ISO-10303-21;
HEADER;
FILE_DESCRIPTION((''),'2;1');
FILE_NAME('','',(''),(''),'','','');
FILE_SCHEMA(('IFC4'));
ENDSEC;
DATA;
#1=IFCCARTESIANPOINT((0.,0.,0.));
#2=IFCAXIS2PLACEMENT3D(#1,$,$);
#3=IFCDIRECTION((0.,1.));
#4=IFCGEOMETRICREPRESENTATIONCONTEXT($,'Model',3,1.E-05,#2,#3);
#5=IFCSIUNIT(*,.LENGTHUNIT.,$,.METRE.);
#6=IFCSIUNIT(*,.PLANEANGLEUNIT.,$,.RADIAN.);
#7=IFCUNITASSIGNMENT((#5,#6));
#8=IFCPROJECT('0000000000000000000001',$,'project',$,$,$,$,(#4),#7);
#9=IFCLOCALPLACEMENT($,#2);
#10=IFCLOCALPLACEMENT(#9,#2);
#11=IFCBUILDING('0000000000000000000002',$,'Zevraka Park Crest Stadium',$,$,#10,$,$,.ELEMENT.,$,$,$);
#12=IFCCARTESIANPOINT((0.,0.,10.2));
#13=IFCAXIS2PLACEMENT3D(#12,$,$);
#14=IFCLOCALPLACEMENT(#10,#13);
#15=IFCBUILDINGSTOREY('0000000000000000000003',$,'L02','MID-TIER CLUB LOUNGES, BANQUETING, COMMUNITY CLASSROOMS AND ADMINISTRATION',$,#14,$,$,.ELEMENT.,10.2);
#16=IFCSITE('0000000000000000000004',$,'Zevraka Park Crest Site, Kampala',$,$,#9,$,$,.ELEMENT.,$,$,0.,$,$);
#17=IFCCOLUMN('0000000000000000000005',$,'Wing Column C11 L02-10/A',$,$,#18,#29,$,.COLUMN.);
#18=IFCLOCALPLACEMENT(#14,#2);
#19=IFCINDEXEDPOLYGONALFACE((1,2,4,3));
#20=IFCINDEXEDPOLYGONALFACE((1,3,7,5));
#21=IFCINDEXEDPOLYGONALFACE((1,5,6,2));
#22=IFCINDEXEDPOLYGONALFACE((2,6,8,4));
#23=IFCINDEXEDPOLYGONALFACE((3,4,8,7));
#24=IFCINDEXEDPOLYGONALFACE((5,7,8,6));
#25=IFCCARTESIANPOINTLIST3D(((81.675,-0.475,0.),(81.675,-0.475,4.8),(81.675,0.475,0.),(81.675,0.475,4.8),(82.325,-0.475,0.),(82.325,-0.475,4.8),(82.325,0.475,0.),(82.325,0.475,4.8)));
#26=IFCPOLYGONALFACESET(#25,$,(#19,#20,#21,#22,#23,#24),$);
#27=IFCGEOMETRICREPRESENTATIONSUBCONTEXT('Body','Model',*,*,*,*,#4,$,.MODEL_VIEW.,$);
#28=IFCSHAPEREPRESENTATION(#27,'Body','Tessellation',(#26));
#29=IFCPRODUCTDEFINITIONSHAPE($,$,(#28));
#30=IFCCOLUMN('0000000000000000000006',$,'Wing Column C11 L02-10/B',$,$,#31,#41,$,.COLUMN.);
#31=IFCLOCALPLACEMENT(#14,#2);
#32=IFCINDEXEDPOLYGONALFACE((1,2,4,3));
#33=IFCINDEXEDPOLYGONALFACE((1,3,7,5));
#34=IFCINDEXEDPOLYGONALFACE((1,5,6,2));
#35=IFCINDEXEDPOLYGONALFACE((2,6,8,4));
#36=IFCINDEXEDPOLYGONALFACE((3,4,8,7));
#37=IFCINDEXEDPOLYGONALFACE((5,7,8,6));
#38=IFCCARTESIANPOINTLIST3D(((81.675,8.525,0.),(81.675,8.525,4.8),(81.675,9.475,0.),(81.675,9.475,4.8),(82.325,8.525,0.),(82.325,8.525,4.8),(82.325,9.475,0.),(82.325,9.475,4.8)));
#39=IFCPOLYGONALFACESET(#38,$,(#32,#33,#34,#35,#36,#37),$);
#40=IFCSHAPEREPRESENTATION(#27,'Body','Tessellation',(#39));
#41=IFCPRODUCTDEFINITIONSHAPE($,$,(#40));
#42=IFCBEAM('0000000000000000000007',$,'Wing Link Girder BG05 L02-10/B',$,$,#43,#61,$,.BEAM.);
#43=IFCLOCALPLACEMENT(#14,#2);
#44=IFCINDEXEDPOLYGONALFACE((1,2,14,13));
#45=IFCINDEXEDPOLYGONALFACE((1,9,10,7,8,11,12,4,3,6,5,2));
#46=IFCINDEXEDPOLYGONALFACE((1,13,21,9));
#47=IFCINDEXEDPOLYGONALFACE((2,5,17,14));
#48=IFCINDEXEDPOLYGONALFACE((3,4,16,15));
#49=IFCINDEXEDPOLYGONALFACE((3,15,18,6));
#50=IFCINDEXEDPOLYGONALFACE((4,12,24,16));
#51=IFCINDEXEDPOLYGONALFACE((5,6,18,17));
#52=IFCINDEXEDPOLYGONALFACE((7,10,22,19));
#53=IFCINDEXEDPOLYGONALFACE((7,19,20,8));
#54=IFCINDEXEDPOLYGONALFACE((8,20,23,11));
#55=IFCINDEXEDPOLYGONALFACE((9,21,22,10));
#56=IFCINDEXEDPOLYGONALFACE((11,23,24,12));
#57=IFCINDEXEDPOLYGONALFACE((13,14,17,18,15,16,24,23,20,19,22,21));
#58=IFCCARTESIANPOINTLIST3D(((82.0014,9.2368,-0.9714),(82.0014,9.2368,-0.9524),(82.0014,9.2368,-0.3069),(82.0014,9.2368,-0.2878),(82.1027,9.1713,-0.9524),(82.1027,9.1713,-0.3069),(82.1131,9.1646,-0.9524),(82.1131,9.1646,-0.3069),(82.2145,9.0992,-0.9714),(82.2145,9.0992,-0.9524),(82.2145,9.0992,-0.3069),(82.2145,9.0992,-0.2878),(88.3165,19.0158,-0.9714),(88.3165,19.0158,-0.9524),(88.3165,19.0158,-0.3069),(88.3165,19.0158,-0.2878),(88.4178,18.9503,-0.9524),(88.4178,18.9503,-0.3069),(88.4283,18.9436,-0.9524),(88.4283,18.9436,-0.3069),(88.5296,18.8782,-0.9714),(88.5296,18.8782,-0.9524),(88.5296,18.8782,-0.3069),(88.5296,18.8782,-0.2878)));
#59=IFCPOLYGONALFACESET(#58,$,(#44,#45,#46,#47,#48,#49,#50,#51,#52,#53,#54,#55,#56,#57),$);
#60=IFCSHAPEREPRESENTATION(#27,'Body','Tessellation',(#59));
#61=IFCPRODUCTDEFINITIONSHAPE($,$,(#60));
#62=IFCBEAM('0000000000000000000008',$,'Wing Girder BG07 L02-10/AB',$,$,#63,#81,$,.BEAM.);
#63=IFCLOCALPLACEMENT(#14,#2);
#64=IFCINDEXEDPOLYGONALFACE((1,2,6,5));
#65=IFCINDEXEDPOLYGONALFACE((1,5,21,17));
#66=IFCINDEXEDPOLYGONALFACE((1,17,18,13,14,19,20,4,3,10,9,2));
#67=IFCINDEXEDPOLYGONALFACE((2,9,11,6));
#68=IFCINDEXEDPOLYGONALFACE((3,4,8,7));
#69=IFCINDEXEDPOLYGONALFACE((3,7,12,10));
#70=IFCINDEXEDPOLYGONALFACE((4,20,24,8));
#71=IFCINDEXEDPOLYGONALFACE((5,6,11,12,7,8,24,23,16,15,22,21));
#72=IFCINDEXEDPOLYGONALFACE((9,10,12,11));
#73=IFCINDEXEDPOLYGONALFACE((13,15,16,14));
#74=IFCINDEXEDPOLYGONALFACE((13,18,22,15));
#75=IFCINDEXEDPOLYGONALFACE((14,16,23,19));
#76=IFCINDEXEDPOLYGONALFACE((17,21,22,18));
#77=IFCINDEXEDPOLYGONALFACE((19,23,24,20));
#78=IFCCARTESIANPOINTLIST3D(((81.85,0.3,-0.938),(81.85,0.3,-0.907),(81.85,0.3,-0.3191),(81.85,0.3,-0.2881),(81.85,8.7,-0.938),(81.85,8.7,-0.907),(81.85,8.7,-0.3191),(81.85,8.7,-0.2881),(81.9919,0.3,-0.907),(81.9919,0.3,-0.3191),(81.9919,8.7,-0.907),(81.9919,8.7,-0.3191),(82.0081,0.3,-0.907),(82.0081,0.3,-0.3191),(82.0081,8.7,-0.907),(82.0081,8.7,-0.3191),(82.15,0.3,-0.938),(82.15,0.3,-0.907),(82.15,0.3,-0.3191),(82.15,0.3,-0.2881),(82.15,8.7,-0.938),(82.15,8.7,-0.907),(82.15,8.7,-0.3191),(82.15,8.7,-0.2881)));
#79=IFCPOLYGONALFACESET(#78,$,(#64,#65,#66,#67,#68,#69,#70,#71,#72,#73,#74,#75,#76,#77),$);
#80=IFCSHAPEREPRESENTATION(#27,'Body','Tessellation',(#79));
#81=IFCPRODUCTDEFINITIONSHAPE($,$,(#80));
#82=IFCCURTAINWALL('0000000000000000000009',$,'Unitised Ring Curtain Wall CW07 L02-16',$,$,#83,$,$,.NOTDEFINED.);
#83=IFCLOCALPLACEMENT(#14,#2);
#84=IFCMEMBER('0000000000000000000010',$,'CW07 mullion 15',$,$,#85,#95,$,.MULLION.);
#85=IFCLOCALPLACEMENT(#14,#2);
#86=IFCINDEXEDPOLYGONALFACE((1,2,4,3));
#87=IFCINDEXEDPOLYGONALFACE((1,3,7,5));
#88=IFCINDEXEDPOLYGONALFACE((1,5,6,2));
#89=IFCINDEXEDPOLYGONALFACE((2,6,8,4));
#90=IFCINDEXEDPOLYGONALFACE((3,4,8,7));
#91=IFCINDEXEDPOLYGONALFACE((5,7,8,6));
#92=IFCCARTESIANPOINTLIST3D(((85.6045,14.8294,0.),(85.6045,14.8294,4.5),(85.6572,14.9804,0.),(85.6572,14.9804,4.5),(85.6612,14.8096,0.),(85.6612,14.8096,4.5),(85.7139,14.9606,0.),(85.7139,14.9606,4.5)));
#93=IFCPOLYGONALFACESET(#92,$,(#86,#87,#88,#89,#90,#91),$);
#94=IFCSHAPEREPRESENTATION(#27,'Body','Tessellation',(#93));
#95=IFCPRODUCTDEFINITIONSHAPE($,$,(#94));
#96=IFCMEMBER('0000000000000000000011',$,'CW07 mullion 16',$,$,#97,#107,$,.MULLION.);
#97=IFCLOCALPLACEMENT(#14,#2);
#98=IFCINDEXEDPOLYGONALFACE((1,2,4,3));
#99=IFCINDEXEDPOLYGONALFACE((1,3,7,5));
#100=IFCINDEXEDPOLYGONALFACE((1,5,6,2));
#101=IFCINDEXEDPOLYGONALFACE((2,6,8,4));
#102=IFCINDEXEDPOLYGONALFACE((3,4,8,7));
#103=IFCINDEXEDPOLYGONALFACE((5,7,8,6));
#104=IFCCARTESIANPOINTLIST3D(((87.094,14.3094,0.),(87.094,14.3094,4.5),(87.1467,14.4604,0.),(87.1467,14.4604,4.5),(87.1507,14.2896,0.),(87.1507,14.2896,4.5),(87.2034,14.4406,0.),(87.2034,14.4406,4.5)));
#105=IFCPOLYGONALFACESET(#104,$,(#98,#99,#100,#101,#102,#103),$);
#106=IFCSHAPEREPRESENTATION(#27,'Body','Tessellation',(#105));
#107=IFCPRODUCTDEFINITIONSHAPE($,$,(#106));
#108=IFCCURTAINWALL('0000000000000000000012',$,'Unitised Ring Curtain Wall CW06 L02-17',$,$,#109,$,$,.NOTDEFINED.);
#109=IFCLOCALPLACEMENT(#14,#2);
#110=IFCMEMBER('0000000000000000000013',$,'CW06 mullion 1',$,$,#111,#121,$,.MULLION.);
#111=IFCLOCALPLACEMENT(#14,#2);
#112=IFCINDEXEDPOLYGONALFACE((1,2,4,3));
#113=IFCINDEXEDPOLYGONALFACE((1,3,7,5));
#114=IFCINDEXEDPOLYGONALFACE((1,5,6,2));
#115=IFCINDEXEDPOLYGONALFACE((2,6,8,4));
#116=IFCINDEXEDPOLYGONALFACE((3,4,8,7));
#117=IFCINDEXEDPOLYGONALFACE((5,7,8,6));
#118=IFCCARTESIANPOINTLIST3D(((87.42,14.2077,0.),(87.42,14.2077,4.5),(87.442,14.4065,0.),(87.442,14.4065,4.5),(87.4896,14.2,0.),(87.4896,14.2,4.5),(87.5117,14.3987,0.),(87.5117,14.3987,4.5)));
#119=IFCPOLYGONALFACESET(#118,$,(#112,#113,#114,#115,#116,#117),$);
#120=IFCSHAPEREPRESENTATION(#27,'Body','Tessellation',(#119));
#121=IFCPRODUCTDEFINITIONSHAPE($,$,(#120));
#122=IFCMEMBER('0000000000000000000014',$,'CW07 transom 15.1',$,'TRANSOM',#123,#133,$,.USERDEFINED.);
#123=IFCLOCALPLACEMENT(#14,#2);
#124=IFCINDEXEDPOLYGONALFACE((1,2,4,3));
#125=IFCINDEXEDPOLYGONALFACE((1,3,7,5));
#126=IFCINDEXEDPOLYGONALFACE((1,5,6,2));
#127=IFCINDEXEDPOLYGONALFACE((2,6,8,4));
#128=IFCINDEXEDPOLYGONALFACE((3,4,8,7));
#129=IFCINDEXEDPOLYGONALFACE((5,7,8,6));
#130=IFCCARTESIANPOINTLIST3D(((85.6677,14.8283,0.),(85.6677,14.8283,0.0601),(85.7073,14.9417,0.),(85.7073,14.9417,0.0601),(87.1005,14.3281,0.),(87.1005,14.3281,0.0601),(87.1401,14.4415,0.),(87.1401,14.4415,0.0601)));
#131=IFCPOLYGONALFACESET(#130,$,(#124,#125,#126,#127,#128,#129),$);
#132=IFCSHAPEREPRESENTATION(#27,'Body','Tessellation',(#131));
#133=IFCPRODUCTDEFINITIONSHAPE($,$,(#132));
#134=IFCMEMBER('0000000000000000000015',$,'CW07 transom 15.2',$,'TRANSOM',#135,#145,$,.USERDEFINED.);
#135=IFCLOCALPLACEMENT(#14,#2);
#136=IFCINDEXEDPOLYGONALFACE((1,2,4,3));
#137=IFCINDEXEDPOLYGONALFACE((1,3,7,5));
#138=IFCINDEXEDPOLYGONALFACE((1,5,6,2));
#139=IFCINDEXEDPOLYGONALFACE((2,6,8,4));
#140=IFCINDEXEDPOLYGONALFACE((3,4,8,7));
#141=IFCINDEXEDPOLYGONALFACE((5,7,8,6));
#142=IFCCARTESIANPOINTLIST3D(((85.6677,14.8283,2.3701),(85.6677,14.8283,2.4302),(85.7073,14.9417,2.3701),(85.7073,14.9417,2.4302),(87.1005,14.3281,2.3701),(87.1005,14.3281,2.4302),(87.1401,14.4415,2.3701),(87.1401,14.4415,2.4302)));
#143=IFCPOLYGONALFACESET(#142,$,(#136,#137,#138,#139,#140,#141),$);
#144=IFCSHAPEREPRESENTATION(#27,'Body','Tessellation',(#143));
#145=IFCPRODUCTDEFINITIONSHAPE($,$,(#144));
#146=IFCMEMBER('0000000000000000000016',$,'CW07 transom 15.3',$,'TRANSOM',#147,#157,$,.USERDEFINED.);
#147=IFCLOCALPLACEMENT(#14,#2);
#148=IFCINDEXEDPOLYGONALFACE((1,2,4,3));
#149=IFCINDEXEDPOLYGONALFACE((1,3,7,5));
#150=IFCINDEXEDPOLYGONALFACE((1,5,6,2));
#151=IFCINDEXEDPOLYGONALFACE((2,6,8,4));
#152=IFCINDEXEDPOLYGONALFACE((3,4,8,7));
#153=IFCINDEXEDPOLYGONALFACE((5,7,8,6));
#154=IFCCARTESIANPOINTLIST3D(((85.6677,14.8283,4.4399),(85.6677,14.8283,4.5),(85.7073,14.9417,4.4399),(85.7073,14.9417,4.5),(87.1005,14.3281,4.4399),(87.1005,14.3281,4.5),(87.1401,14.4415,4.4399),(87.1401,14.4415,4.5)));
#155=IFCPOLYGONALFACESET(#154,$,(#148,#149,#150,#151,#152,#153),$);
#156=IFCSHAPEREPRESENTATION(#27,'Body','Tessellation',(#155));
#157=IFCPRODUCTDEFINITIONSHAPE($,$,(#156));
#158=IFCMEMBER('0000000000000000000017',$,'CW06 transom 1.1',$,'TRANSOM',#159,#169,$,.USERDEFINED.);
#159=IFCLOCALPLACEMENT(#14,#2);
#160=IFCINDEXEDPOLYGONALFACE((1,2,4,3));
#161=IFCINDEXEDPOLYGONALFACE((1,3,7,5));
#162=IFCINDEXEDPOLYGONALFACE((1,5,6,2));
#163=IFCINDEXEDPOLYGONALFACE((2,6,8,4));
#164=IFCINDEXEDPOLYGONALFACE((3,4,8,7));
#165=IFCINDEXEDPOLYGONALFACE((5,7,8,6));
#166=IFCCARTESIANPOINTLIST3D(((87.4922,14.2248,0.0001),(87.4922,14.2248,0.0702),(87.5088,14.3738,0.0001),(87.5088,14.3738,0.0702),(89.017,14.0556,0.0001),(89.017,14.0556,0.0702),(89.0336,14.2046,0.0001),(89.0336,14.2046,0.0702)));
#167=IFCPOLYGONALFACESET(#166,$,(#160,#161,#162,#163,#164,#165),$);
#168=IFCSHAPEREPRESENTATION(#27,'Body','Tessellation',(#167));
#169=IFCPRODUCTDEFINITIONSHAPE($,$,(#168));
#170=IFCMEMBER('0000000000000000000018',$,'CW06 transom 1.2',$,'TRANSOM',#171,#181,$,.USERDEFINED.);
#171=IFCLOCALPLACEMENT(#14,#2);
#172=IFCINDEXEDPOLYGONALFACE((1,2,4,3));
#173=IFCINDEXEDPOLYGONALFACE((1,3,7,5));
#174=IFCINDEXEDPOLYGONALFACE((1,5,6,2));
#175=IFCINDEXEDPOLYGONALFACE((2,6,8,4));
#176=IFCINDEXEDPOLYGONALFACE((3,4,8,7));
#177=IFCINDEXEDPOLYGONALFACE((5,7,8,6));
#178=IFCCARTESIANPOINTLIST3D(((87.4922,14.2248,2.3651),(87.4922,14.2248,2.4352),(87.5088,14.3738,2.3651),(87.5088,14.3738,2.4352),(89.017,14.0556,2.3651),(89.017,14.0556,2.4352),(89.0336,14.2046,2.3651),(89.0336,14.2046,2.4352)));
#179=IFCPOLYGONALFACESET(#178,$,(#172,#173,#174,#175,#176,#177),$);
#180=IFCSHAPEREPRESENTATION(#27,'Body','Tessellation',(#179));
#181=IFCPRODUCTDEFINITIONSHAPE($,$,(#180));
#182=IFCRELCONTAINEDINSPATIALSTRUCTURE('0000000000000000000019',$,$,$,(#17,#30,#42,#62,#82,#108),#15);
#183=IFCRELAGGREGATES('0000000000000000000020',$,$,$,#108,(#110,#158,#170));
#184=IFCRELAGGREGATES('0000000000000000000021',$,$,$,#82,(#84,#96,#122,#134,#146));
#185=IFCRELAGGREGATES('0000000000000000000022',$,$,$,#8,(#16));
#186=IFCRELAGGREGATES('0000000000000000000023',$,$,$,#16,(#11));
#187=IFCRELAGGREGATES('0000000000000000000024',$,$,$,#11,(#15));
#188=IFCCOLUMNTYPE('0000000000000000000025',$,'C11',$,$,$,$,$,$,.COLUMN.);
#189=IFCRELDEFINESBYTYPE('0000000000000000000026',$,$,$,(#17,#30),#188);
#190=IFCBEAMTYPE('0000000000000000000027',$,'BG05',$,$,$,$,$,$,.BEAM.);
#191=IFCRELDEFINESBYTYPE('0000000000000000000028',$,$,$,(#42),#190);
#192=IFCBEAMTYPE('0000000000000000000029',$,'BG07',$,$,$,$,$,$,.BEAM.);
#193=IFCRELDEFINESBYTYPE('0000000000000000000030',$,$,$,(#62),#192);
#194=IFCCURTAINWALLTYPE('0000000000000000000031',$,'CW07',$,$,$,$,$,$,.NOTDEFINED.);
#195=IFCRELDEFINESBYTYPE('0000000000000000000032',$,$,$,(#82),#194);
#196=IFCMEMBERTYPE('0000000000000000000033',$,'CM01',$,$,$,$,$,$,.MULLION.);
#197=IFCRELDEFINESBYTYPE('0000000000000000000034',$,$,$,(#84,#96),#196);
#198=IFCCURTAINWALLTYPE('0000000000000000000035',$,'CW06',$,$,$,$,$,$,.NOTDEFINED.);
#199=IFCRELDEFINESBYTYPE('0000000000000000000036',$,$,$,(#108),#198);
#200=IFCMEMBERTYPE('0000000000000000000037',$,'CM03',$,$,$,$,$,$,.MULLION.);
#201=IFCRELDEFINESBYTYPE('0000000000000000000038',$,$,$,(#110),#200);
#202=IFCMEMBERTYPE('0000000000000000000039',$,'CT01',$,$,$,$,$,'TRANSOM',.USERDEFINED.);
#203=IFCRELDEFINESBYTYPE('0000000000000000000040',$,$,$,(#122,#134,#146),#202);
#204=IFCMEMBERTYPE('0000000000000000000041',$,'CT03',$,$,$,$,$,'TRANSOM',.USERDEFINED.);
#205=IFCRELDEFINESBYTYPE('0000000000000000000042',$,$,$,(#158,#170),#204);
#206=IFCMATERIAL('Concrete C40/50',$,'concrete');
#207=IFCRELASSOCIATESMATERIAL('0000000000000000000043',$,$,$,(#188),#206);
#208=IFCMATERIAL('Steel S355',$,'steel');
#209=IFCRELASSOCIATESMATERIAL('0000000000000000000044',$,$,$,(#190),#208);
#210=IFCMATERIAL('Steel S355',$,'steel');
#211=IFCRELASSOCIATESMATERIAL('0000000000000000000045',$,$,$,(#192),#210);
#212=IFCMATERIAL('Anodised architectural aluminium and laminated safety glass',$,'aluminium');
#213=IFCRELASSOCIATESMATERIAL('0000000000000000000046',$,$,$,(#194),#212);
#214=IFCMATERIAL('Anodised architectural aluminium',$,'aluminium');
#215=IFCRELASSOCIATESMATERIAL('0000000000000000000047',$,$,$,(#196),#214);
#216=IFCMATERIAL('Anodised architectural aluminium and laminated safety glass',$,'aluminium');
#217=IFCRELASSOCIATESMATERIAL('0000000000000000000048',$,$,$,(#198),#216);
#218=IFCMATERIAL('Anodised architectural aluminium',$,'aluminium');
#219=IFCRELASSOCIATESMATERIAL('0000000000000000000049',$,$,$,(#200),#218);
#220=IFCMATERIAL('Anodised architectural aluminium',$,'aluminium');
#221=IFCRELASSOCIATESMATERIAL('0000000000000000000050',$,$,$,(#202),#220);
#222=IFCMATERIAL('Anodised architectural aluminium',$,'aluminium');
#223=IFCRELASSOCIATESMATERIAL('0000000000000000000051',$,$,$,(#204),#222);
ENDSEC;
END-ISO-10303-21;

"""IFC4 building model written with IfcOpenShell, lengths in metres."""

from ifc_helpers import new_model, si_unit, direction, frame, origin, origin_2d, place, context, subcontext, project, spatial, rectangle, i_section, extrude, material, material_profile, profile_set, type_object, element, aggregate, save


model = new_model("IFC4")

# Units and contexts
model_context = context("Model", 3, precision=1e-05, world=origin(), true_north=direction((0.0, 1.0)))
body_context = subcontext(model_context, "Body", "Model", "MODEL_VIEW")
ifc_project = project(units=[si_unit("LENGTHUNIT", "METRE"), si_unit("PLANEANGLEUNIT", "RADIAN")], contexts=[model_context])

# Site, building, storey
site_placement = place(None, origin())
site = spatial("IfcSite", under=ifc_project, at=site_placement, Name="Zevraka Park Crest Site, Kampala", CompositionType="ELEMENT", RefElevation=0.0)
building_placement = place(site_placement, origin())
building = spatial("IfcBuilding", under=site, at=building_placement, Name="Zevraka Park Crest Stadium", CompositionType="ELEMENT")
storey_placement = place(building_placement, frame((0.0, 0.0, 10.2)))
storey = spatial("IfcBuildingStorey", under=building, at=storey_placement, Name="L02", Description="MID-TIER CLUB LOUNGES, BANQUETING, COMMUNITY CLASSROOMS AND ADMINISTRATION", CompositionType="ELEMENT", Elevation=10.2)

# Columns
ifc_material_1 = material(Name="Concrete C40/50", Category="concrete")
ifc_material_profile_1 = material_profile(ifc_material_1, rectangle(XDim=0.6499, YDim=0.95, at=origin_2d()), Name="RC 950x650")
ifc_profile_set_1 = profile_set([ifc_material_profile_1], Name="Concrete C40/50")
column_type = type_object("IfcColumnType", Name="C11", PredefinedType="COLUMN", material=ifc_profile_set_1)
for number, where, z_axis, x_axis, name in (
    (1, (82.0, 0.0, 0.0), (0.0, 0.0, 1.0), (1.0, 0.0, 0.0), "Wing Column C11 L02-10/A"),
    (2, (82.0, 9.0, 0.0), (0.0, 0.0, 1.0), (1.0, 0.0, 0.0), "Wing Column C11 L02-10/B"),
):
    element("IfcColumn", number, at=place(storey_placement, frame(where, z_axis=z_axis, x_axis=x_axis)), inside=storey, type_object=column_type, Name=name, PredefinedType="COLUMN", context=body_context, shape_type="SweptSolid", body=[
        extrude(rectangle(XDim=0.6499, YDim=0.95, at=origin_2d()), origin(), (0.0, 0.0, 1.0), 4.8),
    ])

# Beams
ifc_material_2 = material(Name="Steel S355", Category="steel")
ifc_material_profile_2 = material_profile(ifc_material_2, i_section(OverallWidth=0.2537, OverallDepth=0.6836, WebThickness=0.0125, FlangeThickness=0.019, at=origin_2d()), Name="UKB 686x254x140")
ifc_profile_set_2 = profile_set([ifc_material_profile_2], Name="Steel S355")
beam_type_1 = type_object("IfcBeamType", Name="BG05", PredefinedType="BEAM", material=ifc_profile_set_2)
beam_1_placement = place(storey_placement, frame((82.1079, 9.168, -0.6296), z_axis=(0.542498, 0.840057, 0.0), x_axis=(-0.840057, 0.542498, 0.0)))
element("IfcBeam", 3, at=beam_1_placement, inside=storey, type_object=beam_type_1, Name="Wing Link Girder BG05 L02-10/B", PredefinedType="BEAM", context=body_context, shape_type="SweptSolid", body=[
    extrude(i_section(OverallWidth=0.2537, OverallDepth=0.6836, WebThickness=0.0125, FlangeThickness=0.019, at=origin_2d()), origin(), (0.0, 0.0, 1.0), 11.6409),
])
ifc_material_3 = material(Name="Steel S355", Category="steel")
ifc_material_profile_3 = material_profile(ifc_material_3, i_section(OverallWidth=0.3, OverallDepth=0.6499, WebThickness=0.0161, FlangeThickness=0.031, at=origin_2d()), Name="HEB 650")
ifc_profile_set_3 = profile_set([ifc_material_profile_3], Name="Steel S355")
beam_type_2 = type_object("IfcBeamType", Name="BG07", PredefinedType="BEAM", material=ifc_profile_set_3)
beam_2_placement = place(storey_placement, frame((82.0, 0.3, -0.613), z_axis=(0.0, 1.0, 0.0), x_axis=(-1.0, 0.0, 0.0)))
element("IfcBeam", 4, at=beam_2_placement, inside=storey, type_object=beam_type_2, Name="Wing Girder BG07 L02-10/AB", PredefinedType="BEAM", context=body_context, shape_type="SweptSolid", body=[
    extrude(i_section(OverallWidth=0.3, OverallDepth=0.6499, WebThickness=0.0161, FlangeThickness=0.031, at=origin_2d()), origin(), (0.0, 0.0, 1.0), 8.3999),
])

# Curtain wall, members
ifc_material_4 = material(Name="Anodised architectural aluminium and laminated safety glass", Category="aluminium")
curtain_wall_type_1 = type_object("IfcCurtainWallType", Name="CW07", PredefinedType="NOTDEFINED", material=ifc_material_4)
curtain_wall_1_placement = place(storey_placement, origin())
curtain_wall_1 = element("IfcCurtainWall", 5, at=curtain_wall_1_placement, inside=storey, type_object=curtain_wall_type_1, Name="Unitised Ring Curtain Wall CW07 L02-16", PredefinedType="NOTDEFINED")
ifc_material_5 = material(Name="Anodised architectural aluminium", Category="aluminium")
ifc_material_profile_4 = material_profile(ifc_material_5, rectangle(XDim=0.1599, YDim=0.0601, at=origin_2d()), Name="ALU MULLION 160x60")
ifc_profile_set_4 = profile_set([ifc_material_profile_4], Name="Anodised architectural aluminium")
member_type_1 = type_object("IfcMemberType", Name="CM01", PredefinedType="MULLION", material=ifc_profile_set_4)
member_1_placement = place(storey_placement, frame((85.6592, 14.895, 0.0), z_axis=(0.0, 0.0, 1.0), x_axis=(0.329619, 0.944114, 0.0)))
member_1 = element("IfcMember", 6, at=member_1_placement, type_object=member_type_1, Name="CW07 mullion 15", PredefinedType="MULLION", context=body_context, shape_type="SweptSolid", body=[
    extrude(rectangle(XDim=0.1599, YDim=0.0601, at=origin_2d()), origin(), (0.0, 0.0, 1.0), 4.5),
])
member_2_placement = place(storey_placement, frame((87.1487, 14.375, 0.0), z_axis=(0.0, 0.0, 1.0), x_axis=(0.329619, 0.944114, 0.0)))
member_2 = element("IfcMember", 7, at=member_2_placement, type_object=member_type_1, Name="CW07 mullion 16", PredefinedType="MULLION", context=body_context, shape_type="SweptSolid", body=[
    extrude(rectangle(XDim=0.1599, YDim=0.0601, at=origin_2d()), origin(), (0.0, 0.0, 1.0), 4.5),
])

# Curtain wall, member
ifc_material_6 = material(Name="Anodised architectural aluminium and laminated safety glass", Category="aluminium")
curtain_wall_type_2 = type_object("IfcCurtainWallType", Name="CW06", PredefinedType="NOTDEFINED", material=ifc_material_6)
curtain_wall_2_placement = place(storey_placement, origin())
curtain_wall_2 = element("IfcCurtainWall", 8, at=curtain_wall_2_placement, inside=storey, type_object=curtain_wall_type_2, Name="Unitised Ring Curtain Wall CW06 L02-17", PredefinedType="NOTDEFINED")
ifc_material_7 = material(Name="Anodised architectural aluminium", Category="aluminium")
ifc_material_profile_5 = material_profile(ifc_material_7, rectangle(XDim=0.2, YDim=0.0701, at=origin_2d()), Name="ALU MULLION 200x70")
ifc_profile_set_5 = profile_set([ifc_material_profile_5], Name="Anodised architectural aluminium")
member_type_2 = type_object("IfcMemberType", Name="CM03", PredefinedType="MULLION", material=ifc_profile_set_5)
member_3_placement = place(storey_placement, frame((87.4658, 14.3032, 0.0), z_axis=(0.0, 0.0, 1.0), x_axis=(0.110293, 0.993899, 0.0)))
member_3 = element("IfcMember", 9, at=member_3_placement, type_object=member_type_2, Name="CW06 mullion 1", PredefinedType="MULLION", context=body_context, shape_type="SweptSolid", body=[
    extrude(rectangle(XDim=0.2, YDim=0.0701, at=origin_2d()), origin(), (0.0, 0.0, 1.0), 4.5),
])

# Members
ifc_material_8 = material(Name="Anodised architectural aluminium", Category="aluminium")
ifc_material_profile_6 = material_profile(ifc_material_8, rectangle(XDim=0.1201, YDim=0.0601, at=origin_2d()), Name="ALU TRANSOM 120x60")
ifc_profile_set_6 = profile_set([ifc_material_profile_6], Name="Anodised architectural aluminium")
member_type_3 = type_object("IfcMemberType", Name="CT01", ElementType="TRANSOM", PredefinedType="USERDEFINED", material=ifc_profile_set_6)
member_4_placement = place(storey_placement, frame((85.6875, 14.885, 0.03), z_axis=(0.944116, -0.329612, 0.0), x_axis=(0.329612, 0.944116, 0.0)))
member_4 = element("IfcMember", 10, at=member_4_placement, type_object=member_type_3, Name="CW07 transom 15.1", ObjectType="TRANSOM", PredefinedType="USERDEFINED", context=body_context, shape_type="SweptSolid", body=[
    extrude(rectangle(XDim=0.1201, YDim=0.0601, at=origin_2d()), origin(), (0.0, 0.0, 1.0), 1.5176),
])
member_5_placement = place(storey_placement, frame((85.6875, 14.885, 2.4001), z_axis=(0.944116, -0.329612, 0.0), x_axis=(0.329612, 0.944116, 0.0)))
member_5 = element("IfcMember", 11, at=member_5_placement, type_object=member_type_3, Name="CW07 transom 15.2", ObjectType="TRANSOM", PredefinedType="USERDEFINED", context=body_context, shape_type="SweptSolid", body=[
    extrude(rectangle(XDim=0.1201, YDim=0.0601, at=origin_2d()), origin(), (0.0, 0.0, 1.0), 1.5176),
])
member_6_placement = place(storey_placement, frame((85.6875, 14.885, 4.47), z_axis=(0.944116, -0.329612, 0.0), x_axis=(0.329612, 0.944116, 0.0)))
member_6 = element("IfcMember", 12, at=member_6_placement, type_object=member_type_3, Name="CW07 transom 15.3", ObjectType="TRANSOM", PredefinedType="USERDEFINED", context=body_context, shape_type="SweptSolid", body=[
    extrude(rectangle(XDim=0.1201, YDim=0.0601, at=origin_2d()), origin(), (0.0, 0.0, 1.0), 1.5176),
])
ifc_material_9 = material(Name="Anodised architectural aluminium", Category="aluminium")
ifc_material_profile_7 = material_profile(ifc_material_9, rectangle(XDim=0.1499, YDim=0.0701, at=origin_2d()), Name="ALU TRANSOM 150x70")
ifc_profile_set_7 = profile_set([ifc_material_profile_7], Name="Anodised architectural aluminium")
member_type_4 = type_object("IfcMemberType", Name="CT03", ElementType="TRANSOM", PredefinedType="USERDEFINED", material=ifc_profile_set_7)
member_7_placement = place(storey_placement, frame((87.5005, 14.2993, 0.0352), z_axis=(0.993901, -0.110274, 0.0), x_axis=(0.110274, 0.993901, 0.0)))
member_7 = element("IfcMember", 13, at=member_7_placement, type_object=member_type_4, Name="CW06 transom 1.1", ObjectType="TRANSOM", PredefinedType="USERDEFINED", context=body_context, shape_type="SweptSolid", body=[
    extrude(rectangle(XDim=0.1499, YDim=0.0701, at=origin_2d()), origin(), (0.0, 0.0, 1.0), 1.5342),
])
member_8_placement = place(storey_placement, frame((87.5005, 14.2993, 2.4001), z_axis=(0.993901, -0.110274, 0.0), x_axis=(0.110274, 0.993901, 0.0)))
member_8 = element("IfcMember", 14, at=member_8_placement, type_object=member_type_4, Name="CW06 transom 1.2", ObjectType="TRANSOM", PredefinedType="USERDEFINED", context=body_context, shape_type="SweptSolid", body=[
    extrude(rectangle(XDim=0.1499, YDim=0.0701, at=origin_2d()), origin(), (0.0, 0.0, 1.0), 1.5342),
])
aggregate(curtain_wall_2, [member_3, member_7, member_8])

aggregate(curtain_wall_1, [member_1, member_2, member_4, member_5, member_6])

save(model, "model.ifc")
